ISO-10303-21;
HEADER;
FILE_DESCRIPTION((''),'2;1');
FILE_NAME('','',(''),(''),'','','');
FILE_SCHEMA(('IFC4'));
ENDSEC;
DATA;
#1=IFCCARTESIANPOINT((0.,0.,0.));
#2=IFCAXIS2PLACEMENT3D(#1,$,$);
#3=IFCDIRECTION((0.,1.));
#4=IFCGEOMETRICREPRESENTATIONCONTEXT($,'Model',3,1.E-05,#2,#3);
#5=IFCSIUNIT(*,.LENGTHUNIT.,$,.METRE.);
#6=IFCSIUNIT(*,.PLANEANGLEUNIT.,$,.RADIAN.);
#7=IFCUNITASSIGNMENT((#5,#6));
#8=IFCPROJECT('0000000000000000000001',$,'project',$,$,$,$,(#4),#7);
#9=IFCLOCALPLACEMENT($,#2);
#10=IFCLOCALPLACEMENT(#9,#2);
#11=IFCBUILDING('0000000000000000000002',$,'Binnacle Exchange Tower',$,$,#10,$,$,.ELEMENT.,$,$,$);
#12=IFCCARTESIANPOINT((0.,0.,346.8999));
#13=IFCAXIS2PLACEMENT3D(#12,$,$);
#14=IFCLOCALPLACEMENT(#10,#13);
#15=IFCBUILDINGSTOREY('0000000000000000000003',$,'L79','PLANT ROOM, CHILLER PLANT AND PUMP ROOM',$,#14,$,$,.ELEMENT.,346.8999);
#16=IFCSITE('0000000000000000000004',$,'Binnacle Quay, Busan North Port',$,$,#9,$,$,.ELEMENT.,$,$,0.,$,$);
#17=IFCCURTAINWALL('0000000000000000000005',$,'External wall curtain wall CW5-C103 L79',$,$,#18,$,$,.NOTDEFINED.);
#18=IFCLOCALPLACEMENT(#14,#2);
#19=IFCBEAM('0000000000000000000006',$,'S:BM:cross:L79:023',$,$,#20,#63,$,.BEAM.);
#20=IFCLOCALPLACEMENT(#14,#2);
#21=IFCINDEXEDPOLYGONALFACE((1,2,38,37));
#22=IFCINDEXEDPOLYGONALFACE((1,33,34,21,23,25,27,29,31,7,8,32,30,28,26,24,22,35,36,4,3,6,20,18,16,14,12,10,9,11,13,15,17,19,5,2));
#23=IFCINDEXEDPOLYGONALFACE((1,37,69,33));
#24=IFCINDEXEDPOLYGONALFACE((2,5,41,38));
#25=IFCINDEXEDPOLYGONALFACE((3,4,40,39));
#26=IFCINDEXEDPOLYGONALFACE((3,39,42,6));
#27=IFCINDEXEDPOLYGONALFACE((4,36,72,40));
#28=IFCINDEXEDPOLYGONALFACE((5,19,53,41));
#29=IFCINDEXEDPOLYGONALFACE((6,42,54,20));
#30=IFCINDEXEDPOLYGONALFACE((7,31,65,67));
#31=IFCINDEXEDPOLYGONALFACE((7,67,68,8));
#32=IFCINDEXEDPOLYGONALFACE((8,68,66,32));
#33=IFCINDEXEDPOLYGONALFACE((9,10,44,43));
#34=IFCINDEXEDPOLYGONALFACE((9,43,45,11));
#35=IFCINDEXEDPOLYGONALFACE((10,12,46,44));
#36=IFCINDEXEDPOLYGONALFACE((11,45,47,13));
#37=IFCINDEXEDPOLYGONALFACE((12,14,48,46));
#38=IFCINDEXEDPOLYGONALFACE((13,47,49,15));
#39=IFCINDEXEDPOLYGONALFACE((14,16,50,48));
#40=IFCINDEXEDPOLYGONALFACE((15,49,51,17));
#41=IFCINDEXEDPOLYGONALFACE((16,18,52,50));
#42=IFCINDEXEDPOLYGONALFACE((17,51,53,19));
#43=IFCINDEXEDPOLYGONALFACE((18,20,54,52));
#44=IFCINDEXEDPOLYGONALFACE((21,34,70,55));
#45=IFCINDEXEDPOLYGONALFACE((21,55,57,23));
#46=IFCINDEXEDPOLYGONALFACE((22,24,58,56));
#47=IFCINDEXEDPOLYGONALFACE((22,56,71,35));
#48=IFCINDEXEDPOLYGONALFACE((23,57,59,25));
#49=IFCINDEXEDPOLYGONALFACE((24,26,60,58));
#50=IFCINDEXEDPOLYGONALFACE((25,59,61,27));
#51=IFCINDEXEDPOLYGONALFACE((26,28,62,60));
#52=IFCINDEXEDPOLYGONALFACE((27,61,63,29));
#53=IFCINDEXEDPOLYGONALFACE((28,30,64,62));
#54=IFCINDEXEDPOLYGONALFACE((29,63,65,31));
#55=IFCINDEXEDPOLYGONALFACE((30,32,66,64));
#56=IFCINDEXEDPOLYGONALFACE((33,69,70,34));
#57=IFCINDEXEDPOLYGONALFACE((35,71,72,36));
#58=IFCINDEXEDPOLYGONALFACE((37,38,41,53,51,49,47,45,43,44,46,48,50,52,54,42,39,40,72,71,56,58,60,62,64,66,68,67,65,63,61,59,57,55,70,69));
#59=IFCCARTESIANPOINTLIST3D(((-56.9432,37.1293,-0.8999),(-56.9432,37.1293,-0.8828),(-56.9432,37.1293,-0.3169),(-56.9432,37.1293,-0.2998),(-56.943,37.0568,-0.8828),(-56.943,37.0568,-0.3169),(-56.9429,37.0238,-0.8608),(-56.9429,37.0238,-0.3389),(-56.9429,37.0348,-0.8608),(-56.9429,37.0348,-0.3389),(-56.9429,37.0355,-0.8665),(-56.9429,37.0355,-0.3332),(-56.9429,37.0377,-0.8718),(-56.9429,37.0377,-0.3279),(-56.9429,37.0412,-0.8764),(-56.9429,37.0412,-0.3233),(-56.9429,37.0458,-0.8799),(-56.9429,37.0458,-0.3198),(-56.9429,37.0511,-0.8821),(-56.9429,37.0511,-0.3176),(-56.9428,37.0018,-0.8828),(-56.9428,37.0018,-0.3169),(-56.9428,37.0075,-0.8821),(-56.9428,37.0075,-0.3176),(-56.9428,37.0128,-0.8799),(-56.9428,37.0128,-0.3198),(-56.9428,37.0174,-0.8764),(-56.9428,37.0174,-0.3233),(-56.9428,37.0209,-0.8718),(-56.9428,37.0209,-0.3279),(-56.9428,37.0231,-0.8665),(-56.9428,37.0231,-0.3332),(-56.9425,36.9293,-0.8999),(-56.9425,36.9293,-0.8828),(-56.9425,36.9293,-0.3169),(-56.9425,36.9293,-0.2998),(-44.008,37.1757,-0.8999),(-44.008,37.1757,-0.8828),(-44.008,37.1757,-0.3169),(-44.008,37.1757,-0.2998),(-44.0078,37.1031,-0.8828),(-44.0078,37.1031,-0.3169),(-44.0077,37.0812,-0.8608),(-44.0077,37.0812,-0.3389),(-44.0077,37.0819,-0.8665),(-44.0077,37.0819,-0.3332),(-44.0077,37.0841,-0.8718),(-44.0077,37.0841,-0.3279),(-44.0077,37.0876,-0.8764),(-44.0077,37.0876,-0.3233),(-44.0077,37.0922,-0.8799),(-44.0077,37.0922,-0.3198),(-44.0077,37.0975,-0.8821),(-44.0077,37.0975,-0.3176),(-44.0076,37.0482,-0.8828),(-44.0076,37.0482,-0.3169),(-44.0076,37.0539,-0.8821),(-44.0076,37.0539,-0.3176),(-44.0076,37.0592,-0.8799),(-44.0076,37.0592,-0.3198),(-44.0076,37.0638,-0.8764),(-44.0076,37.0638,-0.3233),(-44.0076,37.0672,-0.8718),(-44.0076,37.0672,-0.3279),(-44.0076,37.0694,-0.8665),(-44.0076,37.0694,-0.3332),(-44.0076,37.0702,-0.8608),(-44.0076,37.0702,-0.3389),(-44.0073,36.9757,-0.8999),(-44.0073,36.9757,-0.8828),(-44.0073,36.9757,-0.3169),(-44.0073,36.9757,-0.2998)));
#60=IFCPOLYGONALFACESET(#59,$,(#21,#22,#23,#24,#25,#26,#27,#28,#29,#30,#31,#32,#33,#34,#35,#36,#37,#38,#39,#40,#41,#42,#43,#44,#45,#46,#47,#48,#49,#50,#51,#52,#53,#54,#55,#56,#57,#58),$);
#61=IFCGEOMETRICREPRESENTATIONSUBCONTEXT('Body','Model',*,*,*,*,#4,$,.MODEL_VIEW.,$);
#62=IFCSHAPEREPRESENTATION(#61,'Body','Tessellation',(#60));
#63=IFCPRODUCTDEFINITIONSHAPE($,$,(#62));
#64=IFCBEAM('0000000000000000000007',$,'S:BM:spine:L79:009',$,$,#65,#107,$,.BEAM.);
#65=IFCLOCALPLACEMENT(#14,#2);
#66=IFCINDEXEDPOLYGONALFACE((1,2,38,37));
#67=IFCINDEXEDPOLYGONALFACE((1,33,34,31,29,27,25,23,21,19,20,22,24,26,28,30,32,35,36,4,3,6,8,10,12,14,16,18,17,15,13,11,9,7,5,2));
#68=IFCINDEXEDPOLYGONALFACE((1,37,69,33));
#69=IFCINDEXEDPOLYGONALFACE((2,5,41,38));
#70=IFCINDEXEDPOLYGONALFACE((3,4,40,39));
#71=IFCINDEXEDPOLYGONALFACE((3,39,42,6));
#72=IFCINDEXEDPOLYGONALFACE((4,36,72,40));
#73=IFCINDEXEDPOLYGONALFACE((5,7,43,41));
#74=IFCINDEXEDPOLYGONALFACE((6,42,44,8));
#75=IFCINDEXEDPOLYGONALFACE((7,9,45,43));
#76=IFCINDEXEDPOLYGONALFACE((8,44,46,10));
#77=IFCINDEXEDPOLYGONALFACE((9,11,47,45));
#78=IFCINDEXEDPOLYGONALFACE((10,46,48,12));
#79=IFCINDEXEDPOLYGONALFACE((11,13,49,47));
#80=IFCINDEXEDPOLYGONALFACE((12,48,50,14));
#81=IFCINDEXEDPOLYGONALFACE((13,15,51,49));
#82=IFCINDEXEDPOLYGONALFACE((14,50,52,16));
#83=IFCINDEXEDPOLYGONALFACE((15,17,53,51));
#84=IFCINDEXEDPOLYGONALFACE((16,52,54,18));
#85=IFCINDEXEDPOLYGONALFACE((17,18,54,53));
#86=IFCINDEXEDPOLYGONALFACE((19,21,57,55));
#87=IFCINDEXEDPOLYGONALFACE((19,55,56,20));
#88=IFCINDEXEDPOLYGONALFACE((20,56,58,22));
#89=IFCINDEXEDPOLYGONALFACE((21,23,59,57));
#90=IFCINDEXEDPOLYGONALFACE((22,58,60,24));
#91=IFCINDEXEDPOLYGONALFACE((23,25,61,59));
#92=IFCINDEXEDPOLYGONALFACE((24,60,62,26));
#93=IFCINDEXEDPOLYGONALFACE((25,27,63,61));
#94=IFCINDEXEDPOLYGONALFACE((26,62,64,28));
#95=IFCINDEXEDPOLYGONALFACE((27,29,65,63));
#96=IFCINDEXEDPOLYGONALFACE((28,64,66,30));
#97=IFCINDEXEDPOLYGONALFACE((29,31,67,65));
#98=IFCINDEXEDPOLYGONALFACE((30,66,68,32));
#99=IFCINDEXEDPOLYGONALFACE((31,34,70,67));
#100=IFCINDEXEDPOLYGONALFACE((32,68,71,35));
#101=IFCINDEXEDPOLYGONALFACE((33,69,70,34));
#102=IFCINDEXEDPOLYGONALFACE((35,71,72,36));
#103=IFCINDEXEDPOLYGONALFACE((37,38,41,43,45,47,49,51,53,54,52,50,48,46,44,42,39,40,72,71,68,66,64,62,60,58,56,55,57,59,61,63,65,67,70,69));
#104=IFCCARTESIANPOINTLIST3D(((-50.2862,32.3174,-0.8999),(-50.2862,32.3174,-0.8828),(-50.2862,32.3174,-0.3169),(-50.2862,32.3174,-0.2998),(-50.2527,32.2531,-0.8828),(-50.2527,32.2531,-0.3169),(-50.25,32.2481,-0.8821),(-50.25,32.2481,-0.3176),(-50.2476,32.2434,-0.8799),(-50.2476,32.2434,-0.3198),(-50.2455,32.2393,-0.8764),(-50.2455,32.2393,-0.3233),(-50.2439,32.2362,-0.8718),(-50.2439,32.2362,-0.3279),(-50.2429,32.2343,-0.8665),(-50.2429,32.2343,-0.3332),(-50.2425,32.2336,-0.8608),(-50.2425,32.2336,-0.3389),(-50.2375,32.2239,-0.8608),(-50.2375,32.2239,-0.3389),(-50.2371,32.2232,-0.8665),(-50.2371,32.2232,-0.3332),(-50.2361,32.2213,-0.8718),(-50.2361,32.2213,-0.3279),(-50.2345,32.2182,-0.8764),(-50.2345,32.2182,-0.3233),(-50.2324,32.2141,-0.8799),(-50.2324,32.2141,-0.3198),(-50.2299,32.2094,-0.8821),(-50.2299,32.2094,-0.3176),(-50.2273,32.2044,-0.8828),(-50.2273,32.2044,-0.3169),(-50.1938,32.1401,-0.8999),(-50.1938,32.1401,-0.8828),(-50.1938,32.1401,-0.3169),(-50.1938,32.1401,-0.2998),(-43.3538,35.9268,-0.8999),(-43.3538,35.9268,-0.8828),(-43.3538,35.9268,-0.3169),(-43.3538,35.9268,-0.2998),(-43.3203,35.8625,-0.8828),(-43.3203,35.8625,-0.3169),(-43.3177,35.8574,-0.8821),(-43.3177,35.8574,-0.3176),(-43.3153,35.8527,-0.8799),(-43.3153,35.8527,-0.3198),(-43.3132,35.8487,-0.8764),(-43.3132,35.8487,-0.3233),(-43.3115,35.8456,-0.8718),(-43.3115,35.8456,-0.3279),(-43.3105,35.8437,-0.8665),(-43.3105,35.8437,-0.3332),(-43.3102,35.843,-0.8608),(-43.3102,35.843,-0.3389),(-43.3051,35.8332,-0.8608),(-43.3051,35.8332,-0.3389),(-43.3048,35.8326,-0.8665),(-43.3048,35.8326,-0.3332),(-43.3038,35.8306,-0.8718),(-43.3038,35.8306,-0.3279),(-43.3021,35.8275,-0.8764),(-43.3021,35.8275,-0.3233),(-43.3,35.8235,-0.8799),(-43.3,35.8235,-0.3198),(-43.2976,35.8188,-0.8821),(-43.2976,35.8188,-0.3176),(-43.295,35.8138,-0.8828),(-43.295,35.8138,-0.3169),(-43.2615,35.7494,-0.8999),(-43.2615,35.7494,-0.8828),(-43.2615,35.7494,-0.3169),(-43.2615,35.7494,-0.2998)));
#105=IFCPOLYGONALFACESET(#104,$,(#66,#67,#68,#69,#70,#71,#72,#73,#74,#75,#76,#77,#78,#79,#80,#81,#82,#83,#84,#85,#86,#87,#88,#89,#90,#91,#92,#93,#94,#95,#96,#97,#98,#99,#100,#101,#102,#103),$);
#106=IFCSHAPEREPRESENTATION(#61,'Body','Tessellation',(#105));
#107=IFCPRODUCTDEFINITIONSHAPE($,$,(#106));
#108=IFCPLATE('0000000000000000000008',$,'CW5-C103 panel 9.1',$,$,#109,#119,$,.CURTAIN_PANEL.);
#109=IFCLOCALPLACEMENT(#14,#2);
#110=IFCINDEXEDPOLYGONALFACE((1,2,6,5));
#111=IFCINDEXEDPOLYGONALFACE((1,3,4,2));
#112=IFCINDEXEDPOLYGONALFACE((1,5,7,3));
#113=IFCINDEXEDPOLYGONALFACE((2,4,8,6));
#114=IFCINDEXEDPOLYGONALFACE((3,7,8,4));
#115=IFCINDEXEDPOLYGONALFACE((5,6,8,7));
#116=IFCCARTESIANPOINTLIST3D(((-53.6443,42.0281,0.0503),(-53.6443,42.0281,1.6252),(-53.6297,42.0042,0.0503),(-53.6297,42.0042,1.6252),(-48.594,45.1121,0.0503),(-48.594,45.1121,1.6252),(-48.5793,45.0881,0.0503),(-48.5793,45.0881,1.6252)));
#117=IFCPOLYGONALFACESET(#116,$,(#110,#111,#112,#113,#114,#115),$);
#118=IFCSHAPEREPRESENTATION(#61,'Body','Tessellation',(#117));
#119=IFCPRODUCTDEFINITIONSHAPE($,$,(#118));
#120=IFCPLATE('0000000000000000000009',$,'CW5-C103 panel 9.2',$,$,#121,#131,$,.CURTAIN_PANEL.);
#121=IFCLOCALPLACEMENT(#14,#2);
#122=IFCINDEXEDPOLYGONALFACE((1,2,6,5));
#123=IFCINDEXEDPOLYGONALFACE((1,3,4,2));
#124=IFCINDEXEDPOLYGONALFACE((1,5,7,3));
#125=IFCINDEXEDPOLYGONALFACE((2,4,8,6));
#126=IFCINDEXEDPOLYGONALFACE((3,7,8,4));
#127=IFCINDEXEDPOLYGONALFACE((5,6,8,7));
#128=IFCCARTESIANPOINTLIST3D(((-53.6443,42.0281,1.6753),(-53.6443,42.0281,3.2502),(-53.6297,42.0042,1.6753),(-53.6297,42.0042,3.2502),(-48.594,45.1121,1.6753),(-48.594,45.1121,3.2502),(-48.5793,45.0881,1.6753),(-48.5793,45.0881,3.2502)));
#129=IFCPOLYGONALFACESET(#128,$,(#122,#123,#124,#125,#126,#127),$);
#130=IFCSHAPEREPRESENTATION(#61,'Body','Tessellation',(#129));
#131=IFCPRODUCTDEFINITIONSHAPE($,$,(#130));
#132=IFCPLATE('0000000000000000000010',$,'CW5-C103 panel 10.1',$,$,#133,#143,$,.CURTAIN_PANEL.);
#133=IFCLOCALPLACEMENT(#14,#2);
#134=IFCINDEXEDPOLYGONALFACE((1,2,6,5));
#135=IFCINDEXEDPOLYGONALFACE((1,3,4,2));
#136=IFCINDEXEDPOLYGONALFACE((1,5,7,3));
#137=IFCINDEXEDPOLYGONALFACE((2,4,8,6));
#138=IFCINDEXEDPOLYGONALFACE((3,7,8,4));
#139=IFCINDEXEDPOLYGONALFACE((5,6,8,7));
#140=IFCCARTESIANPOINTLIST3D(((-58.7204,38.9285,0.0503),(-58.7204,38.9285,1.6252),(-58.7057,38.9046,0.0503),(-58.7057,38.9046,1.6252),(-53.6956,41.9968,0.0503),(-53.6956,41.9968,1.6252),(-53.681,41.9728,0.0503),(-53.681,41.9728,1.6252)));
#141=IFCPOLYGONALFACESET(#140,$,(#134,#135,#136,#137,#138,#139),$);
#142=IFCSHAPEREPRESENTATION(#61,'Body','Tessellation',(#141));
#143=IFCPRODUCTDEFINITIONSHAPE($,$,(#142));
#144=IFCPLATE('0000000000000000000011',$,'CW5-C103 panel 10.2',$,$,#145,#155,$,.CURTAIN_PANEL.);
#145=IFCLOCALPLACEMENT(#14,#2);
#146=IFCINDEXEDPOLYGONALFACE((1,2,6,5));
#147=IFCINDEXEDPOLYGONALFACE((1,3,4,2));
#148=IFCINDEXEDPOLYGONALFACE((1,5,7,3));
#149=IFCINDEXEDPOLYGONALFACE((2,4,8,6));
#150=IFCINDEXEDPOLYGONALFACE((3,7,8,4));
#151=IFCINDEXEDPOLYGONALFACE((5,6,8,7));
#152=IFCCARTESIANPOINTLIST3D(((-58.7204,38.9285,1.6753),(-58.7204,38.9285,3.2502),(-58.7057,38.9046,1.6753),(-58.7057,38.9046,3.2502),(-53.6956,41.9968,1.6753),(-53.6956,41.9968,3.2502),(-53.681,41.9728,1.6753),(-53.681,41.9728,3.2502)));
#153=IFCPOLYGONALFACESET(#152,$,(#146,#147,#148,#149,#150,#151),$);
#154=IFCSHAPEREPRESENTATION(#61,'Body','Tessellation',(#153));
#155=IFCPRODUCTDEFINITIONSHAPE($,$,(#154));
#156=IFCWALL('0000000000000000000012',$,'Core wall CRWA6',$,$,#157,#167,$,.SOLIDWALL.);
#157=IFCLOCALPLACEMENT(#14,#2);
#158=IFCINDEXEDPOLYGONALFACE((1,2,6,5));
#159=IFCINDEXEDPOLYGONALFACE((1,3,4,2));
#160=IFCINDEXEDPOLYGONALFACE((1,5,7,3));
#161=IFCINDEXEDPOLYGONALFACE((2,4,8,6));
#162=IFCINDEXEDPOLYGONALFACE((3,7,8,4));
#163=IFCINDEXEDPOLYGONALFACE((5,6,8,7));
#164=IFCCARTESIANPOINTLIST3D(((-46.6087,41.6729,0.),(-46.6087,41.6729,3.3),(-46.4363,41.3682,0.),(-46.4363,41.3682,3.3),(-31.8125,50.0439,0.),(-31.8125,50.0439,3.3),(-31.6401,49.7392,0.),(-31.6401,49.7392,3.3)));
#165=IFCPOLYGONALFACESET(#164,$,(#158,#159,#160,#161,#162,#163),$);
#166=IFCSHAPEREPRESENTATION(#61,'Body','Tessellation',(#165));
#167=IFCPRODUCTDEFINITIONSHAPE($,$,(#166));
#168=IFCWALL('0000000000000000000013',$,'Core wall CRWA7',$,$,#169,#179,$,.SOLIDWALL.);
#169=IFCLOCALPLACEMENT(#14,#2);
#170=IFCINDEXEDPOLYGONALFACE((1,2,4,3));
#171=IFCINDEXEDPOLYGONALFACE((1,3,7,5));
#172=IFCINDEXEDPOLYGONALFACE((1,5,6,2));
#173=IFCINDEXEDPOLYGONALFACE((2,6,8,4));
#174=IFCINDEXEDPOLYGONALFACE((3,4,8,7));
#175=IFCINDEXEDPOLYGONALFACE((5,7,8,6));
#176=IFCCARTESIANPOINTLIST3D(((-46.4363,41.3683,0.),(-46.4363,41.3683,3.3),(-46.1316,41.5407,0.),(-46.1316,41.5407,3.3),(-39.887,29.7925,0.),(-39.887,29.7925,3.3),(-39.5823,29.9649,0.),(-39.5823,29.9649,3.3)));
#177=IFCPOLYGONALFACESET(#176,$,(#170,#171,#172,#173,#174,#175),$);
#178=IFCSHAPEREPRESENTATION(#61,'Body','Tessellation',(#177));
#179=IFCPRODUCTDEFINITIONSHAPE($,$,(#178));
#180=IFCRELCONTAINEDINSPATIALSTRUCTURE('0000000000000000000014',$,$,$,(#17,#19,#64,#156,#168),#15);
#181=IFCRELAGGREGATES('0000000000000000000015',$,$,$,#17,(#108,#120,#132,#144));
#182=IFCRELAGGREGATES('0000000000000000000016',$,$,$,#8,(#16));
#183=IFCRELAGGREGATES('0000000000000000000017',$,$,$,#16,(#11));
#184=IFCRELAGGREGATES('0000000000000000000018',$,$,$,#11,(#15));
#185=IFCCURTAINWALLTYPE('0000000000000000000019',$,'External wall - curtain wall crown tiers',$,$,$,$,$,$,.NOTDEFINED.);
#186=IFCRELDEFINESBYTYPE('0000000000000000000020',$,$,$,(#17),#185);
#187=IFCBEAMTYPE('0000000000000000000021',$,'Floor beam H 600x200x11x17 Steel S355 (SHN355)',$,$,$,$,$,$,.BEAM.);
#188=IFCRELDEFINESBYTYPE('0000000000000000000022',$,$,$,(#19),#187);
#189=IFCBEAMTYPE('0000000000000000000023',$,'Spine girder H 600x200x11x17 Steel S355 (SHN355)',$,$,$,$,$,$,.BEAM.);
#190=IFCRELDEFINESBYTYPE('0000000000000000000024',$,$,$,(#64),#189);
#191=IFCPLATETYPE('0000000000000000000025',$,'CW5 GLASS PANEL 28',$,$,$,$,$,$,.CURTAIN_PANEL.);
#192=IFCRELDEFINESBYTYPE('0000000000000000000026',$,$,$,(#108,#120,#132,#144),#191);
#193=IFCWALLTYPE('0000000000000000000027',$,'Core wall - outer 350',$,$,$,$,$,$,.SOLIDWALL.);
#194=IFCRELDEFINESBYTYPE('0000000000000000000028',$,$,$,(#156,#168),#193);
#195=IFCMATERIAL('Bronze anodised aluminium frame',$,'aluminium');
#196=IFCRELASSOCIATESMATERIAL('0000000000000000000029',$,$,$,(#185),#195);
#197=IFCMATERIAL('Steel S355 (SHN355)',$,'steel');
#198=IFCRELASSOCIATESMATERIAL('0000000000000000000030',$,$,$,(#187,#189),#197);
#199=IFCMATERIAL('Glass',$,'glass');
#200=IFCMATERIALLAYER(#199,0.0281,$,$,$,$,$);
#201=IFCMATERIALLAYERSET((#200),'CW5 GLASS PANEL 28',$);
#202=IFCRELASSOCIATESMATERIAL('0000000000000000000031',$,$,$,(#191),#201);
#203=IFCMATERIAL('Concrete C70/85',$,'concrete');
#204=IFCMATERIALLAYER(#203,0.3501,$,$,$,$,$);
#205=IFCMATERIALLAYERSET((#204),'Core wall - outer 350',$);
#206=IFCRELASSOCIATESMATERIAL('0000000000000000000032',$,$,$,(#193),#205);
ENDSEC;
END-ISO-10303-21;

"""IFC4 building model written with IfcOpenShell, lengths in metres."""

from ifc_helpers import new_model, si_unit, direction, frame, frame_2d, origin, origin_2d, place, context, subcontext, project, spatial, rectangle, i_section, extrude, material, layer, layer_set, material_profile, profile_set, type_object, element, aggregate, save


model = new_model("IFC4")

# Units and contexts
model_context = context("Model", 3, precision=1e-05, world=origin(), true_north=direction((0.0, 1.0)))
body_context = subcontext(model_context, "Body", "Model", "MODEL_VIEW")
ifc_project = project(units=[si_unit("LENGTHUNIT", "METRE"), si_unit("PLANEANGLEUNIT", "RADIAN")], contexts=[model_context])

# Site, building, storey
site_placement = place(None, origin())
site = spatial("IfcSite", under=ifc_project, at=site_placement, Name="Binnacle Quay, Busan North Port", CompositionType="ELEMENT", RefElevation=0.0)
building_placement = place(site_placement, origin())
building = spatial("IfcBuilding", under=site, at=building_placement, Name="Binnacle Exchange Tower", CompositionType="ELEMENT")
storey_placement = place(building_placement, frame((0.0, 0.0, 346.8999)))
storey = spatial("IfcBuildingStorey", under=building, at=storey_placement, Name="L79", Description="PLANT ROOM, CHILLER PLANT AND PUMP ROOM", CompositionType="ELEMENT", Elevation=346.8999)

# Shared definitions
ifc_material_1 = material(Name="Steel S355 (SHN355)", Category="steel")

# Curtain wall
ifc_material_2 = material(Name="Bronze anodised aluminium frame", Category="aluminium")
curtain_wall_type = type_object("IfcCurtainWallType", Name="External wall - curtain wall crown tiers", PredefinedType="NOTDEFINED", material=ifc_material_2)
curtain_wall_placement = place(storey_placement, origin())
curtain_wall = element("IfcCurtainWall", 1, at=curtain_wall_placement, inside=storey, type_object=curtain_wall_type, Name="External wall curtain wall CW5-C103 L79", PredefinedType="NOTDEFINED")

# Beams
ifc_material_profile_1 = material_profile(ifc_material_1, i_section(OverallWidth=0.2, OverallDepth=0.6001, WebThickness=0.011, FlangeThickness=0.0171, FilletRadius=0.022, at=origin_2d()), Name="H 600x200x11x17")
ifc_profile_set_1 = profile_set([ifc_material_profile_1], Name="Steel S355 (SHN355)")
beam_type_1 = type_object("IfcBeamType", Name="Floor beam H 600x200x11x17 Steel S355 (SHN355)", PredefinedType="BEAM", material=ifc_profile_set_1)
beam_1_placement = place(storey_placement, frame((-56.9429, 37.0293, -0.5999), z_axis=(0.999994, 0.003586, 0.0), x_axis=(-0.003586, 0.999994, 0.0)))
element("IfcBeam", 2, at=beam_1_placement, inside=storey, type_object=beam_type_1, Name="S:BM:cross:L79:023", PredefinedType="BEAM", context=body_context, shape_type="SweptSolid", body=[
    extrude(i_section(OverallWidth=0.2, OverallDepth=0.6001, WebThickness=0.011, FlangeThickness=0.0171, FilletRadius=0.022, at=origin_2d()), origin(), (0.0, 0.0, 1.0), 12.9353),
])
ifc_material_profile_2 = material_profile(ifc_material_1, i_section(OverallWidth=0.2, OverallDepth=0.6001, WebThickness=0.011, FlangeThickness=0.0171, FilletRadius=0.022, at=origin_2d()), Name="H 600x200x11x17")
ifc_profile_set_2 = profile_set([ifc_material_profile_2], Name="Steel S355 (SHN355)")
beam_type_2 = type_object("IfcBeamType", Name="Spine girder H 600x200x11x17 Steel S355 (SHN355)", PredefinedType="BEAM", material=ifc_profile_set_2)
beam_2_placement = place(storey_placement, frame((-50.24, 32.2288, -0.5999), z_axis=(0.886979, 0.46181, 0.0), x_axis=(-0.46181, 0.886979, 0.0)))
element("IfcBeam", 3, at=beam_2_placement, inside=storey, type_object=beam_type_2, Name="S:BM:spine:L79:009", PredefinedType="BEAM", context=body_context, shape_type="SweptSolid", body=[
    extrude(i_section(OverallWidth=0.2, OverallDepth=0.6001, WebThickness=0.011, FlangeThickness=0.0171, FilletRadius=0.022, at=origin_2d()), origin(), (0.0, 0.0, 1.0), 7.8157),
])

# Plates
ifc_material_3 = material(Name="Glass", Category="glass")
ifc_layer_1 = layer(ifc_material_3, 0.0281)
ifc_layer_set_1 = layer_set([ifc_layer_1], Name="CW5 GLASS PANEL 28")
plate_type = type_object("IfcPlateType", Name="CW5 GLASS PANEL 28", PredefinedType="CURTAIN_PANEL", material=ifc_layer_set_1)
plate_1_placement = place(storey_placement, frame((-51.1118, 43.5581, 0.0503), z_axis=(0.0, 0.0, 1.0), x_axis=(-0.853461, -0.521157, 0.0)))
plate_1 = element("IfcPlate", 4, at=plate_1_placement, type_object=plate_type, Name="CW5-C103 panel 9.1", PredefinedType="CURTAIN_PANEL", context=body_context, shape_type="SweptSolid", body=[
    extrude(rectangle(XDim=5.9175, YDim=0.0281, at=origin_2d()), origin(), (0.0, 0.0, 1.0), 1.575),
])
plate_2_placement = place(storey_placement, frame((-51.1118, 43.5581, 1.6753), z_axis=(0.0, 0.0, 1.0), x_axis=(-0.853461, -0.521157, 0.0)))
plate_2 = element("IfcPlate", 5, at=plate_2_placement, type_object=plate_type, Name="CW5-C103 panel 9.2", PredefinedType="CURTAIN_PANEL", context=body_context, shape_type="SweptSolid", body=[
    extrude(rectangle(XDim=5.9175, YDim=0.0281, at=origin_2d()), origin(), (0.0, 0.0, 1.0), 1.575),
])
plate_3_placement = place(storey_placement, frame((-56.2007, 40.4507, 0.0503), z_axis=(0.0, 0.0, 1.0), x_axis=(-0.853461, -0.521157, 0.0)))
plate_3 = element("IfcPlate", 6, at=plate_3_placement, type_object=plate_type, Name="CW5-C103 panel 10.1", PredefinedType="CURTAIN_PANEL", context=body_context, shape_type="SweptSolid", body=[
    extrude(rectangle(XDim=5.8875, YDim=0.0281, at=origin_2d()), origin(), (0.0, 0.0, 1.0), 1.575),
])
plate_4_placement = place(storey_placement, frame((-56.2007, 40.4507, 1.6753), z_axis=(0.0, 0.0, 1.0), x_axis=(-0.853461, -0.521157, 0.0)))
plate_4 = element("IfcPlate", 7, at=plate_4_placement, type_object=plate_type, Name="CW5-C103 panel 10.2", PredefinedType="CURTAIN_PANEL", context=body_context, shape_type="SweptSolid", body=[
    extrude(rectangle(XDim=5.8875, YDim=0.0281, at=origin_2d()), origin(), (0.0, 0.0, 1.0), 1.575),
])
aggregate(curtain_wall, [plate_1, plate_2, plate_3, plate_4])

# Walls
ifc_material_4 = material(Name="Concrete C70/85", Category="concrete")
ifc_layer_2 = layer(ifc_material_4, 0.3501)
ifc_layer_set_2 = layer_set([ifc_layer_2], Name="Core wall - outer 350")
wall_type_1 = type_object("IfcWallType", Name="Core wall - outer 350", PredefinedType="SOLIDWALL", material=ifc_layer_set_2)
wall_1_placement = place(storey_placement, frame((-46.5225, 41.5205, 0.0), z_axis=(0.0, 0.0, 1.0), x_axis=(0.87036, 0.492416, 0.0)))
element("IfcWall", 8, at=wall_1_placement, inside=storey, type_object=wall_type_1, Name="Core wall CRWA6", PredefinedType="SOLIDWALL", context=body_context, shape_type="SweptSolid", body=[
    extrude(rectangle(XDim=17.0, YDim=0.3501, at=frame_2d((8.5, 0.0))), origin(), (0.0, 0.0, 1.0), 3.3),
])
wall_2_placement = place(storey_placement, frame((-46.2839, 41.4543, 0.0), z_axis=(0.0, 0.0, 1.0), x_axis=(0.49243, -0.870352, 0.0)))
element("IfcWall", 9, at=wall_2_placement, inside=storey, type_object=wall_type_1, Name="Core wall CRWA7", PredefinedType="SOLIDWALL", context=body_context, shape_type="SweptSolid", body=[
    extrude(rectangle(XDim=13.3, YDim=0.3501, at=frame_2d((6.6499, 0.0))), origin(), (0.0, 0.0, 1.0), 3.3),
])

save(model, "model.ifc")
